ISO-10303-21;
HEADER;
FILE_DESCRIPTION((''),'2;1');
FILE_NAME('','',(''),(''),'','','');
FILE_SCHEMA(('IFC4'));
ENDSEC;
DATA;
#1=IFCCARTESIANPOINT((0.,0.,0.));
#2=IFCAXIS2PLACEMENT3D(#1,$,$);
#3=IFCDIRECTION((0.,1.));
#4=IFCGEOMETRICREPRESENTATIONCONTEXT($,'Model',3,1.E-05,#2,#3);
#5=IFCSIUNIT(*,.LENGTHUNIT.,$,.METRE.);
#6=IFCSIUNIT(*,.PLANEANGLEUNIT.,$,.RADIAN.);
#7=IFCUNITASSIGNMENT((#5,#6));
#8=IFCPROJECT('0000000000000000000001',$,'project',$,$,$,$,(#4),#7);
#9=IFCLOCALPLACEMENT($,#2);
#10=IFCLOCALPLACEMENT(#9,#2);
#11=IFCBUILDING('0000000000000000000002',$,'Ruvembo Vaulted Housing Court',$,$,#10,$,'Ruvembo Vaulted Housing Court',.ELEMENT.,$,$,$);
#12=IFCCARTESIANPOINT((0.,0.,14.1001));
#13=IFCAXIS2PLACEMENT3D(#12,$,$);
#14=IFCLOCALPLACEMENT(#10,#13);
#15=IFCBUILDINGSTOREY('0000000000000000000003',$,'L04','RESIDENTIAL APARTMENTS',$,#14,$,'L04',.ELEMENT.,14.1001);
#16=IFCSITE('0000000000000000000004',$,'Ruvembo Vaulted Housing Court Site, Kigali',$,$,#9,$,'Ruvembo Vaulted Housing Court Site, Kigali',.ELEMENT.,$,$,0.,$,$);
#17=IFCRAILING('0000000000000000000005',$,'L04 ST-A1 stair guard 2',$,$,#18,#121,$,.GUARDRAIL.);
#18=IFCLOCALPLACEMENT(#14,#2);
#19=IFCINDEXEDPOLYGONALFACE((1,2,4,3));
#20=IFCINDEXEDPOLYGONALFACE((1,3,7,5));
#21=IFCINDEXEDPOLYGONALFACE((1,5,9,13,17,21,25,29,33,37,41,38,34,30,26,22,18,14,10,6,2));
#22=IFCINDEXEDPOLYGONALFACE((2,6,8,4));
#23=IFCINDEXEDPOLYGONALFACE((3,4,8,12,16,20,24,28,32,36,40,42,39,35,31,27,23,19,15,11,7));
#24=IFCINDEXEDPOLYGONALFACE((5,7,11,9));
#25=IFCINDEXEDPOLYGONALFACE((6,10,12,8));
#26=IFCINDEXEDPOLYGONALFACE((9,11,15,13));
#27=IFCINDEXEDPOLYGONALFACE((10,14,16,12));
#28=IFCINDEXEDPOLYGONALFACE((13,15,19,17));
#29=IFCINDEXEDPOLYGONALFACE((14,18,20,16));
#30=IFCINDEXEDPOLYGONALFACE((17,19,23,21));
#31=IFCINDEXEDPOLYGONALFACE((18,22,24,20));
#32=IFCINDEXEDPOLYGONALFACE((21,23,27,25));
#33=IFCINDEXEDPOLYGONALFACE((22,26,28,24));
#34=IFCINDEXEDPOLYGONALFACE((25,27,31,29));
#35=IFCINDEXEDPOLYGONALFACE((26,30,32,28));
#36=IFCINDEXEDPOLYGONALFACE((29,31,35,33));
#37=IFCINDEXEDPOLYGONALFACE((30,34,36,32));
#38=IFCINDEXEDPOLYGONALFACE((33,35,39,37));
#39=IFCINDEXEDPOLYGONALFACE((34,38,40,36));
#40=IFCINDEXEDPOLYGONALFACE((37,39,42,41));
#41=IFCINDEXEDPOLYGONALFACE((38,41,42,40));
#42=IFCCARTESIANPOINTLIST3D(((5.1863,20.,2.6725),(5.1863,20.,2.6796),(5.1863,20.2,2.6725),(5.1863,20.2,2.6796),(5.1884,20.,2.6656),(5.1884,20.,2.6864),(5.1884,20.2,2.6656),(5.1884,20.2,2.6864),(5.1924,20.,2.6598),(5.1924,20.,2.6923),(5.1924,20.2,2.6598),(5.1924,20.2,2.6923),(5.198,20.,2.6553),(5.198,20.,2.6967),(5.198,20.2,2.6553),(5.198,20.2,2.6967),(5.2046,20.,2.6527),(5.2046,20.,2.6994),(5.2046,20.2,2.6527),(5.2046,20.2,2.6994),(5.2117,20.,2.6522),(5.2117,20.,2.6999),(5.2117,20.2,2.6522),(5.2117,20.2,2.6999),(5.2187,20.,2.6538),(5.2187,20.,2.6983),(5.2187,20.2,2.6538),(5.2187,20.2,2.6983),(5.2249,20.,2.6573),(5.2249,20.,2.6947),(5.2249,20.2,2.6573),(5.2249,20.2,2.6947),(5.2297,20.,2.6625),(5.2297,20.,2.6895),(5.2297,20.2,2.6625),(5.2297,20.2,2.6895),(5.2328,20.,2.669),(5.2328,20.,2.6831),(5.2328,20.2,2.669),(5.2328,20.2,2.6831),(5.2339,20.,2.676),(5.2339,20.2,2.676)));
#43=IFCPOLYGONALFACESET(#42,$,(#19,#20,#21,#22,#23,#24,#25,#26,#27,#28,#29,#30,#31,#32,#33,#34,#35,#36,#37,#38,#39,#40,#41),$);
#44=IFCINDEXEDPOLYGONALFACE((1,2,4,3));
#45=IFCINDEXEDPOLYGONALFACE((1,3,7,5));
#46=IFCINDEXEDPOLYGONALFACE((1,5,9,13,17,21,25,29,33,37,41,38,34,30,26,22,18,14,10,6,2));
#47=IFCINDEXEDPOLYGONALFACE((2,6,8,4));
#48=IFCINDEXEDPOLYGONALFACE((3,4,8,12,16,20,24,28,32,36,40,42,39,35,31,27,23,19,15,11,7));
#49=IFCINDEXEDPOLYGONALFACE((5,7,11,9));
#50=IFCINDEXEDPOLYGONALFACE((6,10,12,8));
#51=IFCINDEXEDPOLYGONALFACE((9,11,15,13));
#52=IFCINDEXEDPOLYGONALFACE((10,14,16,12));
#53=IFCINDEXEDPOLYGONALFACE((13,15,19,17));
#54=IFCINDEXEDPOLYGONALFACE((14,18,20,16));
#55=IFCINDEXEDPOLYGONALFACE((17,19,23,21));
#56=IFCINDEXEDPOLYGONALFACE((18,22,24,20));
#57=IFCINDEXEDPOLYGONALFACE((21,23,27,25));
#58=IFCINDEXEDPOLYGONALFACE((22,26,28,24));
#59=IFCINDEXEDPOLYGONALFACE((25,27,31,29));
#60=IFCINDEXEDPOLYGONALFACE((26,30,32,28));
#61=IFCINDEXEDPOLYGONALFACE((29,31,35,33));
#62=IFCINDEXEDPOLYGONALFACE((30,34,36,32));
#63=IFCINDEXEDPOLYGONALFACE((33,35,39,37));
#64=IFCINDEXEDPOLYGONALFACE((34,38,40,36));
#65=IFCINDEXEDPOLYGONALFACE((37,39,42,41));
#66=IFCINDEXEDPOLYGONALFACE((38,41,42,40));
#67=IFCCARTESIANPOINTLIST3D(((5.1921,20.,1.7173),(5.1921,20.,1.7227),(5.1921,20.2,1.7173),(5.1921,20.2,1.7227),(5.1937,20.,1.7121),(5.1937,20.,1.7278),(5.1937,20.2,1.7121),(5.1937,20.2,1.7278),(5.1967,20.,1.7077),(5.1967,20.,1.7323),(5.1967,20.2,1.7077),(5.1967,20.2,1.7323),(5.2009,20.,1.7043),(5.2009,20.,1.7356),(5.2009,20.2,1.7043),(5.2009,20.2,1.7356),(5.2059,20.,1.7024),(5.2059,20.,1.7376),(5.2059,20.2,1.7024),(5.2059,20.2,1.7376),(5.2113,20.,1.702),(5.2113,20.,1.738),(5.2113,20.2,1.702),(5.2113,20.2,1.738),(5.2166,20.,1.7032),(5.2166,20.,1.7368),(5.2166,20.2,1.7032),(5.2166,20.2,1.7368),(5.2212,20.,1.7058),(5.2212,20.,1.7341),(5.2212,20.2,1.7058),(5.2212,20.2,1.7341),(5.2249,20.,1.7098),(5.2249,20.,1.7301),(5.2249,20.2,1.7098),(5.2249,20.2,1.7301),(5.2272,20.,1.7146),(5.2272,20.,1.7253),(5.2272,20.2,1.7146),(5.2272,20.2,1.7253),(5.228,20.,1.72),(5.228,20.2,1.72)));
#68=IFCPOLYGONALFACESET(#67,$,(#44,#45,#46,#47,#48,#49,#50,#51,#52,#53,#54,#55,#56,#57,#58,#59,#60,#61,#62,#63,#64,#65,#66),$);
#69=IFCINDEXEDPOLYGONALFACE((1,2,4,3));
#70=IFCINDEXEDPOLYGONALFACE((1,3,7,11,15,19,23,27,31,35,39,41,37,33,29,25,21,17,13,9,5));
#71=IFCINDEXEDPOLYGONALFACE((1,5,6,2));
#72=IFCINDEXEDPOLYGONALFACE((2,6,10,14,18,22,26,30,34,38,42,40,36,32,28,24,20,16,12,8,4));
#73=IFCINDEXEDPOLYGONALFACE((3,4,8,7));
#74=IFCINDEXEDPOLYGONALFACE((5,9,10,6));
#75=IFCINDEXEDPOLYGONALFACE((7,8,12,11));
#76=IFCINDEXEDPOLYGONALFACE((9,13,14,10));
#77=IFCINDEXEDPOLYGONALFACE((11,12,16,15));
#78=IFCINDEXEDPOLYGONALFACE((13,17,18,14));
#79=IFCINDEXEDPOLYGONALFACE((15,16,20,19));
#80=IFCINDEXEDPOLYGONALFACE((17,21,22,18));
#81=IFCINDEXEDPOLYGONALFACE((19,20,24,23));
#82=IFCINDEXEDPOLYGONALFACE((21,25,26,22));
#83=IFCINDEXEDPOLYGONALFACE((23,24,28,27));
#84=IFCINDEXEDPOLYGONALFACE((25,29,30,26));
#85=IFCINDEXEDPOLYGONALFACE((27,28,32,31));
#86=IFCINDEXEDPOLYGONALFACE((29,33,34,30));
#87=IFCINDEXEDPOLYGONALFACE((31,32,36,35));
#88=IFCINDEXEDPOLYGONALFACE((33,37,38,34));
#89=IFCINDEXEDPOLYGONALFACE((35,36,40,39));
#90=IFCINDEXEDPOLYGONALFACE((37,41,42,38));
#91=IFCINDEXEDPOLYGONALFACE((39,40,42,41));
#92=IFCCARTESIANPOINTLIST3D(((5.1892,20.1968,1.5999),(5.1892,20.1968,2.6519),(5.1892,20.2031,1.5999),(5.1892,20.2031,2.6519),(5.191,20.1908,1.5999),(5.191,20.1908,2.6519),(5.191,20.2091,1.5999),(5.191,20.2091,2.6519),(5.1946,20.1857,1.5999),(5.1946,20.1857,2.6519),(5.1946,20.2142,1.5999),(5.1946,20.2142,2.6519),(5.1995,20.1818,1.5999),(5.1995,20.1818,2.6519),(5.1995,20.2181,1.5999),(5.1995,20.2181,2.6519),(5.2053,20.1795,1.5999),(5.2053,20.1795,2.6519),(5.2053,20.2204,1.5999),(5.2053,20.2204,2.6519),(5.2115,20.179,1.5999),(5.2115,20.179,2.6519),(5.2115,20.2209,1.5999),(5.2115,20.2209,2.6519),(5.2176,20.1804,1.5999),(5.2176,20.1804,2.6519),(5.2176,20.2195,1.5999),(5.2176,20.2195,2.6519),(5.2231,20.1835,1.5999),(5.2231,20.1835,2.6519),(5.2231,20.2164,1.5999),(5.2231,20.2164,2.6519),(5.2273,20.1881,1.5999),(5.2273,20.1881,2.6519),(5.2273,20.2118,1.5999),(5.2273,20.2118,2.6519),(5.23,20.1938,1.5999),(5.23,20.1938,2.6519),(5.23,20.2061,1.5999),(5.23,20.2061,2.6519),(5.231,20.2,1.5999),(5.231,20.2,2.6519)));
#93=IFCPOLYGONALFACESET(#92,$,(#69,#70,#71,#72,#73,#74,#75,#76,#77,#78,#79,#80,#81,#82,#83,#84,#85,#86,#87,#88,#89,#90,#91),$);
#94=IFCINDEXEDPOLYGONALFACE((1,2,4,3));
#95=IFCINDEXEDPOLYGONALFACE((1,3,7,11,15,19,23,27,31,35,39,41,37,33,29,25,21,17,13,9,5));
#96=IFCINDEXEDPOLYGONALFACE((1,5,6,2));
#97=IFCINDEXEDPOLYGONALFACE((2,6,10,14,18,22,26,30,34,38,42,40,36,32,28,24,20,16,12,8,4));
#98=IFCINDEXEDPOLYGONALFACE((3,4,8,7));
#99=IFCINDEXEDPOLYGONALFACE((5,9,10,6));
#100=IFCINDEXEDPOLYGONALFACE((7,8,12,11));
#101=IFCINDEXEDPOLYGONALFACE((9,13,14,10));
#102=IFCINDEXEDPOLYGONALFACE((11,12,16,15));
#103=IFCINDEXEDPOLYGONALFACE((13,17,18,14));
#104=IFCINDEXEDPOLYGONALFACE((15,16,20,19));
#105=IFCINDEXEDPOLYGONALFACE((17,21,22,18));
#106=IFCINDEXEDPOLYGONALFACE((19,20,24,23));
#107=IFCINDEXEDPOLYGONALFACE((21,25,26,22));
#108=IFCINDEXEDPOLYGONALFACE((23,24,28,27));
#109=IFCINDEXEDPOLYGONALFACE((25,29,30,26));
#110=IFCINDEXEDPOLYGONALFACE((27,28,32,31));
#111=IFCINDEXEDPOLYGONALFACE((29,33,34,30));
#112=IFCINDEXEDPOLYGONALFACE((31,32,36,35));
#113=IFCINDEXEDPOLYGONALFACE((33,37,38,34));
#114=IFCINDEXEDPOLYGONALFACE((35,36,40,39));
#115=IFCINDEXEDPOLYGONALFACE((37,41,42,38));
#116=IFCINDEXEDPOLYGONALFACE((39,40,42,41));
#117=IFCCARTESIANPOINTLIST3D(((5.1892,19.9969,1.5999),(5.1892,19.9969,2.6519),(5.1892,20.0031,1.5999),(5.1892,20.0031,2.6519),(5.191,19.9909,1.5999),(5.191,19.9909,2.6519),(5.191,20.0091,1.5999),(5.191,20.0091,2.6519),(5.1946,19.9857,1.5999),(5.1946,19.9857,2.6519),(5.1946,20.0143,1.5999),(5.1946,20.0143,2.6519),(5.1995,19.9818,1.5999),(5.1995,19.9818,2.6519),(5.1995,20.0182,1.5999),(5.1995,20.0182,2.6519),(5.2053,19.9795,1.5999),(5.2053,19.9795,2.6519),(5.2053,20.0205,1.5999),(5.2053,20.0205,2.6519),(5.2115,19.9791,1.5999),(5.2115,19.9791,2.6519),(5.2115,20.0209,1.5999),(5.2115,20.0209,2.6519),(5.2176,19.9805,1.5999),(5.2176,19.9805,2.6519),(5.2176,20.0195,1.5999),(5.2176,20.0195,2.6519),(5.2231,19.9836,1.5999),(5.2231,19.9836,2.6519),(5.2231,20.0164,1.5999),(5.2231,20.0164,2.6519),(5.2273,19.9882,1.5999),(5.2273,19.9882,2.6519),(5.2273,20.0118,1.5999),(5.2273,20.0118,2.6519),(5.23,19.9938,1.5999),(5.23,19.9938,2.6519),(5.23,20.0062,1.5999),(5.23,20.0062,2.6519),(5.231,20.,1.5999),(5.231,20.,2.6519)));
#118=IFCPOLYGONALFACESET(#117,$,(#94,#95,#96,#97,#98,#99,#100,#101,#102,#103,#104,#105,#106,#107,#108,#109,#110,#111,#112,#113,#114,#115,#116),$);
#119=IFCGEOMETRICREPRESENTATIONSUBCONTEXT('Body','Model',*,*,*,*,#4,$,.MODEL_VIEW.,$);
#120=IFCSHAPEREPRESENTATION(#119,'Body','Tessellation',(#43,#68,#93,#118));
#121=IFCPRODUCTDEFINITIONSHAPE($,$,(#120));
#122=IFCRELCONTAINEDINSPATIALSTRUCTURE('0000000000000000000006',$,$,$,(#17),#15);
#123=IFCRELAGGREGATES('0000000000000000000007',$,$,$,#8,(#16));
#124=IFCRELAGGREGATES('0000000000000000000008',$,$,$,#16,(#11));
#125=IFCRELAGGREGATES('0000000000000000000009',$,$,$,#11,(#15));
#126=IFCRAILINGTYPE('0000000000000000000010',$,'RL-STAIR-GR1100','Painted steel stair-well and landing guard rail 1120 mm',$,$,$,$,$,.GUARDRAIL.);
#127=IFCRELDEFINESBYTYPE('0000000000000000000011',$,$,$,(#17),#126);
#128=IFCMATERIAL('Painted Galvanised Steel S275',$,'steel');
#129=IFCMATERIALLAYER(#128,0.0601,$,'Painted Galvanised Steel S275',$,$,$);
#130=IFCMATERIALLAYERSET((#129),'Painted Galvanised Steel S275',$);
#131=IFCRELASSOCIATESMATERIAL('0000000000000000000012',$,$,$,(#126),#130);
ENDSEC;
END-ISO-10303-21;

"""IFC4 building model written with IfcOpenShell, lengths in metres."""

from ifc_helpers import new_model, si_unit, direction, frame, origin, origin_2d, place, context, subcontext, project, spatial, circle, extrude, material, layer, layer_set, type_object, element, save


model = new_model("IFC4")

# Units and contexts
model_context = context("Model", 3, precision=1e-05, world=origin(), true_north=direction((0.0, 1.0)))
body_context = subcontext(model_context, "Body", "Model", "MODEL_VIEW")
ifc_project = project(units=[si_unit("LENGTHUNIT", "METRE"), si_unit("PLANEANGLEUNIT", "RADIAN")], contexts=[model_context])

# Site, building, storey
site_placement = place(None, origin())
site = spatial("IfcSite", under=ifc_project, at=site_placement, Name="Ruvembo Vaulted Housing Court Site, Kigali", LongName="Ruvembo Vaulted Housing Court Site, Kigali", CompositionType="ELEMENT", RefElevation=0.0)
building_placement = place(site_placement, origin())
building = spatial("IfcBuilding", under=site, at=building_placement, Name="Ruvembo Vaulted Housing Court", LongName="Ruvembo Vaulted Housing Court", CompositionType="ELEMENT")
storey_placement = place(building_placement, frame((0.0, 0.0, 14.1001)))
storey = spatial("IfcBuildingStorey", under=building, at=storey_placement, Name="L04", Description="RESIDENTIAL APARTMENTS", LongName="L04", CompositionType="ELEMENT", Elevation=14.1001)

# Railing
ifc_material_1 = material(Name="Painted Galvanised Steel S275", Category="steel")
ifc_layer_1 = layer(ifc_material_1, 0.0601, Name="Painted Galvanised Steel S275")
ifc_layer_set_1 = layer_set([ifc_layer_1], Name="Painted Galvanised Steel S275")
railing_type_1 = type_object("IfcRailingType", Name="RL-STAIR-GR1100", Description="Painted steel stair-well and landing guard rail 1120 mm", PredefinedType="GUARDRAIL", material=ifc_layer_set_1)
railing_1_placement = place(storey_placement, frame((5.21, 20.2, 1.5999)))
element("IfcRailing", 1, at=railing_1_placement, inside=storey, type_object=railing_type_1, Name="L04 ST-A1 stair guard 2", PredefinedType="GUARDRAIL", context=body_context, shape_type="SweptSolid", body=[
    extrude(circle(Radius=0.0239, at=origin_2d()), frame((0.0, 0.0, 1.0762), z_axis=(0.0, -1.0, 0.0), x_axis=(1.0, 0.0, 0.0)), (0.0, 0.0, 1.0), 0.2),
    extrude(circle(Radius=0.0181, at=origin_2d()), frame((0.0, 0.0, 0.1201), z_axis=(0.0, -1.0, 0.0), x_axis=(1.0, 0.0, 0.0)), (0.0, 0.0, 1.0), 0.2),
    extrude(circle(Radius=0.021, at=origin_2d()), origin(), (0.0, 0.0, 1.0), 1.052),
    extrude(circle(Radius=0.021, at=origin_2d()), frame((0.0, -0.2, 0.0)), (0.0, 0.0, 1.0), 1.052),
])

save(model, "model.ifc")
